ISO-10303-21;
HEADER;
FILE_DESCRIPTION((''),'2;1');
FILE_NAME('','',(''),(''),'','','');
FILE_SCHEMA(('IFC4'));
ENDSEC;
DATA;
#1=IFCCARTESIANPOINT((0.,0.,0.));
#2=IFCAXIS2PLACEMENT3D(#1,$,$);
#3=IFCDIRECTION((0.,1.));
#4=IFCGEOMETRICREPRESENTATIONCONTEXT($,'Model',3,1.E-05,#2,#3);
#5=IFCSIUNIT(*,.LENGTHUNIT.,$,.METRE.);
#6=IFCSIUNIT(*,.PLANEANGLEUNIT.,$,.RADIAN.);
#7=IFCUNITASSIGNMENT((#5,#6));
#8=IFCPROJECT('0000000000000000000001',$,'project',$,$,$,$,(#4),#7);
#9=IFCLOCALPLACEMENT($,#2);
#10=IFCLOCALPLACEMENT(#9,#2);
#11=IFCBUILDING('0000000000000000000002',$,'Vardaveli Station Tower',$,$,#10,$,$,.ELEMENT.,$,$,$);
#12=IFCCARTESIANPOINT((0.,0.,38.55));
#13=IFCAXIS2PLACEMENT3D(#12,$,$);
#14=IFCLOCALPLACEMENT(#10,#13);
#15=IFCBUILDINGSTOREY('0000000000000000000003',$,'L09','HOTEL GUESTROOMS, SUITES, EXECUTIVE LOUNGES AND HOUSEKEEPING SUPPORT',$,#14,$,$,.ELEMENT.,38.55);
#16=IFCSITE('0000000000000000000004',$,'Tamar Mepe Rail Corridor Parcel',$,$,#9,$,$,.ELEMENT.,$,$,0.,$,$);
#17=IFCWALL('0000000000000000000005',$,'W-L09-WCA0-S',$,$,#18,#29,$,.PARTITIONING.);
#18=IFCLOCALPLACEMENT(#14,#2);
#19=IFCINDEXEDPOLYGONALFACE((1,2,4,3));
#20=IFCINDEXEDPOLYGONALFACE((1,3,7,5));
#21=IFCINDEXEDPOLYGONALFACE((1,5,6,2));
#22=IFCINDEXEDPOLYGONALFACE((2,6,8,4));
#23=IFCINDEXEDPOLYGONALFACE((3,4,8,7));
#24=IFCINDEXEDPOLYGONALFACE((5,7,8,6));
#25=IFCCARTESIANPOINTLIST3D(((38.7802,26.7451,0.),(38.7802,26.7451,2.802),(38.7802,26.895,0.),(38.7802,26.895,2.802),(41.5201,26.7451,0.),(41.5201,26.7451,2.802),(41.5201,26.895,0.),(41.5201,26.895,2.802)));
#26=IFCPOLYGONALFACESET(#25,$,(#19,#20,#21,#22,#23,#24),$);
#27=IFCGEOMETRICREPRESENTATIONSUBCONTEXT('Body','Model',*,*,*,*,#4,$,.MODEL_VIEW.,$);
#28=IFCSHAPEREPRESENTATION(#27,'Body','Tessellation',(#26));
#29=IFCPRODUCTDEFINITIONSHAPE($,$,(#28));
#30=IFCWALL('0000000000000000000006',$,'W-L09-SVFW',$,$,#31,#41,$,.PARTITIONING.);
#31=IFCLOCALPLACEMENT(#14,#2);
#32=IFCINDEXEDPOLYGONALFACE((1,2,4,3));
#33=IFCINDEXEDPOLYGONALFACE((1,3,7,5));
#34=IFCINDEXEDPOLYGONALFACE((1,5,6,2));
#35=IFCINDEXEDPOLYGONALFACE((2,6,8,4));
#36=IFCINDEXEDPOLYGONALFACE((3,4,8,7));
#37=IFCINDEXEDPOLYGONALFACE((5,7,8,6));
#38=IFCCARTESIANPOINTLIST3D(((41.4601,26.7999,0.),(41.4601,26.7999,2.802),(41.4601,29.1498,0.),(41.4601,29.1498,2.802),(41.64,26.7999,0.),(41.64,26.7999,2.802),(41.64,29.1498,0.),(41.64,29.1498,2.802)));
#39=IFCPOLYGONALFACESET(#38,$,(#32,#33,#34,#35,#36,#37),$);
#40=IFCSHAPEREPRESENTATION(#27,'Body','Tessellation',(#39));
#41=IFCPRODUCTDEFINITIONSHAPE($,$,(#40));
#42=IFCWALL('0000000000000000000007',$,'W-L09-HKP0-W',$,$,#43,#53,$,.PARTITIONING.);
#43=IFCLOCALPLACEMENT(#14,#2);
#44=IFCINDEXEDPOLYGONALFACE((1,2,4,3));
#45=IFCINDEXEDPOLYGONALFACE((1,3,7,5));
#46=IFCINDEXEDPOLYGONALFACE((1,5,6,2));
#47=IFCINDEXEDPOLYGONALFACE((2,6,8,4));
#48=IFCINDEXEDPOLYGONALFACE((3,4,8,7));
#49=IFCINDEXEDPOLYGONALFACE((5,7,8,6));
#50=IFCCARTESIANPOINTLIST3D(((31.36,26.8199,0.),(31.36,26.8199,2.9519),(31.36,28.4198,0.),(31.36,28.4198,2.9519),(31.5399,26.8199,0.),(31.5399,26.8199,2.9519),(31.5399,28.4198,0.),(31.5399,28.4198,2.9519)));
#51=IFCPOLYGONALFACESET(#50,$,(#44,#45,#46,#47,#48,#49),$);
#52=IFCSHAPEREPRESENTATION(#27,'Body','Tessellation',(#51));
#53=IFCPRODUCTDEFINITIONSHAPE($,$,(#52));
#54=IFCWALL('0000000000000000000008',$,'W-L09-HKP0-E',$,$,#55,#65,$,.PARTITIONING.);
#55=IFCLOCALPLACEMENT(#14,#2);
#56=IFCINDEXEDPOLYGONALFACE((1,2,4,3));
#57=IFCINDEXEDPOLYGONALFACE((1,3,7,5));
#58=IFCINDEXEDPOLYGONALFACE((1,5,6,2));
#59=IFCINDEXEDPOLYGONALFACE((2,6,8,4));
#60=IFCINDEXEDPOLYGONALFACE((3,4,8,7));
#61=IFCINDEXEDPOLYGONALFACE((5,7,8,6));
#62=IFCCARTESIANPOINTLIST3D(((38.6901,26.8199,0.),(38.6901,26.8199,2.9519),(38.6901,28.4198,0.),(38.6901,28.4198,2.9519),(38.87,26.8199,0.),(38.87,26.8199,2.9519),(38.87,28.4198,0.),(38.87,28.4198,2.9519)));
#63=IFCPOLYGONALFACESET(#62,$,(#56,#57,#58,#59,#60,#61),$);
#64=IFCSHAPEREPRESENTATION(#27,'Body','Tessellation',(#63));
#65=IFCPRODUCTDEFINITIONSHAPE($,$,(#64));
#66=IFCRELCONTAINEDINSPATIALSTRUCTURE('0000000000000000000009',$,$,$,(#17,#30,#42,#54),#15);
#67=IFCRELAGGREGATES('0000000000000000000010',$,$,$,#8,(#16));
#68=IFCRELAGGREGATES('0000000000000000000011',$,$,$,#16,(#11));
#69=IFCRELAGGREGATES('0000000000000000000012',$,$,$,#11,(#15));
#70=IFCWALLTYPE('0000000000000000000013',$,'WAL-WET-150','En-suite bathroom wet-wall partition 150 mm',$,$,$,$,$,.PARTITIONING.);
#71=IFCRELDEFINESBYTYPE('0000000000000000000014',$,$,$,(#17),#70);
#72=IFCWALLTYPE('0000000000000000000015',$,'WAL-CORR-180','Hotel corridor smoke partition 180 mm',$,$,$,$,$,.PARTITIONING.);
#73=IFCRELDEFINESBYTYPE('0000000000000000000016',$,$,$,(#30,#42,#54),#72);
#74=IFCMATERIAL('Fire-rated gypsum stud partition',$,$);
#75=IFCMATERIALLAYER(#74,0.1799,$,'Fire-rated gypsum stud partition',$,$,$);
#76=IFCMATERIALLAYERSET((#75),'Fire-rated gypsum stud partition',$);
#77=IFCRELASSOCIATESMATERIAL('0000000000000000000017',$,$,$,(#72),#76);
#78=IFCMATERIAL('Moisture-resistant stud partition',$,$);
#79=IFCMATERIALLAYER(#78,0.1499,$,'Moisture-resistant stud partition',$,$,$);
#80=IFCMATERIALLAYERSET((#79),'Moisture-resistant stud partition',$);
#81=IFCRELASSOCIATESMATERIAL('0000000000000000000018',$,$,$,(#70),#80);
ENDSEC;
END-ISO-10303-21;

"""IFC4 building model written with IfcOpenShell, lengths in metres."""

from ifc_helpers import new_model, si_unit, direction, frame, frame_2d, origin, place, context, subcontext, project, spatial, rectangle, extrude, source, transform, mapped, material, layer, layer_set, type_object, element, save


model = new_model("IFC4")

# Units and contexts
model_context = context("Model", 3, precision=1e-05, world=origin(), true_north=direction((0.0, 1.0)))
body_context = subcontext(model_context, "Body", "Model", "MODEL_VIEW")
ifc_project = project(units=[si_unit("LENGTHUNIT", "METRE"), si_unit("PLANEANGLEUNIT", "RADIAN")], contexts=[model_context])

# Site, building, storey
site_placement = place(None, origin())
site = spatial("IfcSite", under=ifc_project, at=site_placement, Name="Tamar Mepe Rail Corridor Parcel", CompositionType="ELEMENT", RefElevation=0.0)
building_placement = place(site_placement, origin())
building = spatial("IfcBuilding", under=site, at=building_placement, Name="Vardaveli Station Tower", CompositionType="ELEMENT")
storey_placement = place(building_placement, frame((0.0, 0.0, 38.55)))
storey = spatial("IfcBuildingStorey", under=building, at=storey_placement, Name="L09", Description="HOTEL GUESTROOMS, SUITES, EXECUTIVE LOUNGES AND HOUSEKEEPING SUPPORT", CompositionType="ELEMENT", Elevation=38.55)

# Walls
ifc_material_1 = material(Name="Fire-rated gypsum stud partition")
ifc_layer_1 = layer(ifc_material_1, 0.1799, Name="Fire-rated gypsum stud partition")
ifc_layer_set_1 = layer_set([ifc_layer_1], Name="Fire-rated gypsum stud partition")
wall_type_1 = type_object("IfcWallType", Name="WAL-CORR-180", Description="Hotel corridor smoke partition 180 mm", PredefinedType="PARTITIONING", material=ifc_layer_set_1)
ifc_material_2 = material(Name="Moisture-resistant stud partition")
ifc_layer_2 = layer(ifc_material_2, 0.1499, Name="Moisture-resistant stud partition")
ifc_layer_set_2 = layer_set([ifc_layer_2], Name="Moisture-resistant stud partition")
wall_type_2 = type_object("IfcWallType", Name="WAL-WET-150", Description="En-suite bathroom wet-wall partition 150 mm", PredefinedType="PARTITIONING", material=ifc_layer_set_2)
shared_shape_1 = source(origin(), body_context, "Body", "SweptSolid", [
    extrude(rectangle(XDim=2.74, YDim=0.1499, at=frame_2d((1.3701, 0.0))), origin(), (0.0, 0.0, 1.0), 2.802),
])
wall_1_placement = place(storey_placement, frame((38.78, 26.8201, 0.0), z_axis=(0.0, 0.0, 1.0), x_axis=(1.0, 0.0, 0.0)))
element("IfcWall", 1, at=wall_1_placement, inside=storey, type_object=wall_type_2, Name="W-L09-WCA0-S", PredefinedType="PARTITIONING", context=body_context, shape_type="MappedRepresentation", body=[
    mapped(shared_shape_1, transform((0.0, 0.0, 0.0), scale=1.0)),
])
shared_shape_2 = source(origin(), body_context, "Body", "SweptSolid", [
    extrude(rectangle(XDim=2.3499, YDim=0.1799, at=frame_2d((1.1748, 0.0))), origin(), (0.0, 0.0, 1.0), 2.802),
])
wall_2_placement = place(storey_placement, frame((41.55, 26.8, 0.0), z_axis=(0.0, 0.0, 1.0), x_axis=(0.0, 1.0, 0.0)))
element("IfcWall", 2, at=wall_2_placement, inside=storey, type_object=wall_type_1, Name="W-L09-SVFW", PredefinedType="PARTITIONING", context=body_context, shape_type="MappedRepresentation", body=[
    mapped(shared_shape_2, transform((0.0, 0.0, 0.0), scale=1.0)),
])
shared_shape_3 = source(origin(), body_context, "Body", "SweptSolid", [
    extrude(rectangle(XDim=1.5999, YDim=0.1799, at=frame_2d((0.7998, 0.0))), origin(), (0.0, 0.0, 1.0), 2.9519),
])
for number, where, z_axis, x_axis, name in (
    (3, (31.45, 26.8201, 0.0), (0.0, 0.0, 1.0), (0.0, 1.0, 0.0), "W-L09-HKP0-W"),
    (4, (38.78, 26.8201, 0.0), (0.0, 0.0, 1.0), (0.0, 1.0, 0.0), "W-L09-HKP0-E"),
):
    element("IfcWall", number, at=place(storey_placement, frame(where, z_axis=z_axis, x_axis=x_axis)), inside=storey, type_object=wall_type_1, Name=name, PredefinedType="PARTITIONING", context=body_context, shape_type="MappedRepresentation", body=[
        mapped(shared_shape_3, transform((0.0, 0.0, 0.0), scale=1.0)),
    ])

save(model, "model.ifc")
